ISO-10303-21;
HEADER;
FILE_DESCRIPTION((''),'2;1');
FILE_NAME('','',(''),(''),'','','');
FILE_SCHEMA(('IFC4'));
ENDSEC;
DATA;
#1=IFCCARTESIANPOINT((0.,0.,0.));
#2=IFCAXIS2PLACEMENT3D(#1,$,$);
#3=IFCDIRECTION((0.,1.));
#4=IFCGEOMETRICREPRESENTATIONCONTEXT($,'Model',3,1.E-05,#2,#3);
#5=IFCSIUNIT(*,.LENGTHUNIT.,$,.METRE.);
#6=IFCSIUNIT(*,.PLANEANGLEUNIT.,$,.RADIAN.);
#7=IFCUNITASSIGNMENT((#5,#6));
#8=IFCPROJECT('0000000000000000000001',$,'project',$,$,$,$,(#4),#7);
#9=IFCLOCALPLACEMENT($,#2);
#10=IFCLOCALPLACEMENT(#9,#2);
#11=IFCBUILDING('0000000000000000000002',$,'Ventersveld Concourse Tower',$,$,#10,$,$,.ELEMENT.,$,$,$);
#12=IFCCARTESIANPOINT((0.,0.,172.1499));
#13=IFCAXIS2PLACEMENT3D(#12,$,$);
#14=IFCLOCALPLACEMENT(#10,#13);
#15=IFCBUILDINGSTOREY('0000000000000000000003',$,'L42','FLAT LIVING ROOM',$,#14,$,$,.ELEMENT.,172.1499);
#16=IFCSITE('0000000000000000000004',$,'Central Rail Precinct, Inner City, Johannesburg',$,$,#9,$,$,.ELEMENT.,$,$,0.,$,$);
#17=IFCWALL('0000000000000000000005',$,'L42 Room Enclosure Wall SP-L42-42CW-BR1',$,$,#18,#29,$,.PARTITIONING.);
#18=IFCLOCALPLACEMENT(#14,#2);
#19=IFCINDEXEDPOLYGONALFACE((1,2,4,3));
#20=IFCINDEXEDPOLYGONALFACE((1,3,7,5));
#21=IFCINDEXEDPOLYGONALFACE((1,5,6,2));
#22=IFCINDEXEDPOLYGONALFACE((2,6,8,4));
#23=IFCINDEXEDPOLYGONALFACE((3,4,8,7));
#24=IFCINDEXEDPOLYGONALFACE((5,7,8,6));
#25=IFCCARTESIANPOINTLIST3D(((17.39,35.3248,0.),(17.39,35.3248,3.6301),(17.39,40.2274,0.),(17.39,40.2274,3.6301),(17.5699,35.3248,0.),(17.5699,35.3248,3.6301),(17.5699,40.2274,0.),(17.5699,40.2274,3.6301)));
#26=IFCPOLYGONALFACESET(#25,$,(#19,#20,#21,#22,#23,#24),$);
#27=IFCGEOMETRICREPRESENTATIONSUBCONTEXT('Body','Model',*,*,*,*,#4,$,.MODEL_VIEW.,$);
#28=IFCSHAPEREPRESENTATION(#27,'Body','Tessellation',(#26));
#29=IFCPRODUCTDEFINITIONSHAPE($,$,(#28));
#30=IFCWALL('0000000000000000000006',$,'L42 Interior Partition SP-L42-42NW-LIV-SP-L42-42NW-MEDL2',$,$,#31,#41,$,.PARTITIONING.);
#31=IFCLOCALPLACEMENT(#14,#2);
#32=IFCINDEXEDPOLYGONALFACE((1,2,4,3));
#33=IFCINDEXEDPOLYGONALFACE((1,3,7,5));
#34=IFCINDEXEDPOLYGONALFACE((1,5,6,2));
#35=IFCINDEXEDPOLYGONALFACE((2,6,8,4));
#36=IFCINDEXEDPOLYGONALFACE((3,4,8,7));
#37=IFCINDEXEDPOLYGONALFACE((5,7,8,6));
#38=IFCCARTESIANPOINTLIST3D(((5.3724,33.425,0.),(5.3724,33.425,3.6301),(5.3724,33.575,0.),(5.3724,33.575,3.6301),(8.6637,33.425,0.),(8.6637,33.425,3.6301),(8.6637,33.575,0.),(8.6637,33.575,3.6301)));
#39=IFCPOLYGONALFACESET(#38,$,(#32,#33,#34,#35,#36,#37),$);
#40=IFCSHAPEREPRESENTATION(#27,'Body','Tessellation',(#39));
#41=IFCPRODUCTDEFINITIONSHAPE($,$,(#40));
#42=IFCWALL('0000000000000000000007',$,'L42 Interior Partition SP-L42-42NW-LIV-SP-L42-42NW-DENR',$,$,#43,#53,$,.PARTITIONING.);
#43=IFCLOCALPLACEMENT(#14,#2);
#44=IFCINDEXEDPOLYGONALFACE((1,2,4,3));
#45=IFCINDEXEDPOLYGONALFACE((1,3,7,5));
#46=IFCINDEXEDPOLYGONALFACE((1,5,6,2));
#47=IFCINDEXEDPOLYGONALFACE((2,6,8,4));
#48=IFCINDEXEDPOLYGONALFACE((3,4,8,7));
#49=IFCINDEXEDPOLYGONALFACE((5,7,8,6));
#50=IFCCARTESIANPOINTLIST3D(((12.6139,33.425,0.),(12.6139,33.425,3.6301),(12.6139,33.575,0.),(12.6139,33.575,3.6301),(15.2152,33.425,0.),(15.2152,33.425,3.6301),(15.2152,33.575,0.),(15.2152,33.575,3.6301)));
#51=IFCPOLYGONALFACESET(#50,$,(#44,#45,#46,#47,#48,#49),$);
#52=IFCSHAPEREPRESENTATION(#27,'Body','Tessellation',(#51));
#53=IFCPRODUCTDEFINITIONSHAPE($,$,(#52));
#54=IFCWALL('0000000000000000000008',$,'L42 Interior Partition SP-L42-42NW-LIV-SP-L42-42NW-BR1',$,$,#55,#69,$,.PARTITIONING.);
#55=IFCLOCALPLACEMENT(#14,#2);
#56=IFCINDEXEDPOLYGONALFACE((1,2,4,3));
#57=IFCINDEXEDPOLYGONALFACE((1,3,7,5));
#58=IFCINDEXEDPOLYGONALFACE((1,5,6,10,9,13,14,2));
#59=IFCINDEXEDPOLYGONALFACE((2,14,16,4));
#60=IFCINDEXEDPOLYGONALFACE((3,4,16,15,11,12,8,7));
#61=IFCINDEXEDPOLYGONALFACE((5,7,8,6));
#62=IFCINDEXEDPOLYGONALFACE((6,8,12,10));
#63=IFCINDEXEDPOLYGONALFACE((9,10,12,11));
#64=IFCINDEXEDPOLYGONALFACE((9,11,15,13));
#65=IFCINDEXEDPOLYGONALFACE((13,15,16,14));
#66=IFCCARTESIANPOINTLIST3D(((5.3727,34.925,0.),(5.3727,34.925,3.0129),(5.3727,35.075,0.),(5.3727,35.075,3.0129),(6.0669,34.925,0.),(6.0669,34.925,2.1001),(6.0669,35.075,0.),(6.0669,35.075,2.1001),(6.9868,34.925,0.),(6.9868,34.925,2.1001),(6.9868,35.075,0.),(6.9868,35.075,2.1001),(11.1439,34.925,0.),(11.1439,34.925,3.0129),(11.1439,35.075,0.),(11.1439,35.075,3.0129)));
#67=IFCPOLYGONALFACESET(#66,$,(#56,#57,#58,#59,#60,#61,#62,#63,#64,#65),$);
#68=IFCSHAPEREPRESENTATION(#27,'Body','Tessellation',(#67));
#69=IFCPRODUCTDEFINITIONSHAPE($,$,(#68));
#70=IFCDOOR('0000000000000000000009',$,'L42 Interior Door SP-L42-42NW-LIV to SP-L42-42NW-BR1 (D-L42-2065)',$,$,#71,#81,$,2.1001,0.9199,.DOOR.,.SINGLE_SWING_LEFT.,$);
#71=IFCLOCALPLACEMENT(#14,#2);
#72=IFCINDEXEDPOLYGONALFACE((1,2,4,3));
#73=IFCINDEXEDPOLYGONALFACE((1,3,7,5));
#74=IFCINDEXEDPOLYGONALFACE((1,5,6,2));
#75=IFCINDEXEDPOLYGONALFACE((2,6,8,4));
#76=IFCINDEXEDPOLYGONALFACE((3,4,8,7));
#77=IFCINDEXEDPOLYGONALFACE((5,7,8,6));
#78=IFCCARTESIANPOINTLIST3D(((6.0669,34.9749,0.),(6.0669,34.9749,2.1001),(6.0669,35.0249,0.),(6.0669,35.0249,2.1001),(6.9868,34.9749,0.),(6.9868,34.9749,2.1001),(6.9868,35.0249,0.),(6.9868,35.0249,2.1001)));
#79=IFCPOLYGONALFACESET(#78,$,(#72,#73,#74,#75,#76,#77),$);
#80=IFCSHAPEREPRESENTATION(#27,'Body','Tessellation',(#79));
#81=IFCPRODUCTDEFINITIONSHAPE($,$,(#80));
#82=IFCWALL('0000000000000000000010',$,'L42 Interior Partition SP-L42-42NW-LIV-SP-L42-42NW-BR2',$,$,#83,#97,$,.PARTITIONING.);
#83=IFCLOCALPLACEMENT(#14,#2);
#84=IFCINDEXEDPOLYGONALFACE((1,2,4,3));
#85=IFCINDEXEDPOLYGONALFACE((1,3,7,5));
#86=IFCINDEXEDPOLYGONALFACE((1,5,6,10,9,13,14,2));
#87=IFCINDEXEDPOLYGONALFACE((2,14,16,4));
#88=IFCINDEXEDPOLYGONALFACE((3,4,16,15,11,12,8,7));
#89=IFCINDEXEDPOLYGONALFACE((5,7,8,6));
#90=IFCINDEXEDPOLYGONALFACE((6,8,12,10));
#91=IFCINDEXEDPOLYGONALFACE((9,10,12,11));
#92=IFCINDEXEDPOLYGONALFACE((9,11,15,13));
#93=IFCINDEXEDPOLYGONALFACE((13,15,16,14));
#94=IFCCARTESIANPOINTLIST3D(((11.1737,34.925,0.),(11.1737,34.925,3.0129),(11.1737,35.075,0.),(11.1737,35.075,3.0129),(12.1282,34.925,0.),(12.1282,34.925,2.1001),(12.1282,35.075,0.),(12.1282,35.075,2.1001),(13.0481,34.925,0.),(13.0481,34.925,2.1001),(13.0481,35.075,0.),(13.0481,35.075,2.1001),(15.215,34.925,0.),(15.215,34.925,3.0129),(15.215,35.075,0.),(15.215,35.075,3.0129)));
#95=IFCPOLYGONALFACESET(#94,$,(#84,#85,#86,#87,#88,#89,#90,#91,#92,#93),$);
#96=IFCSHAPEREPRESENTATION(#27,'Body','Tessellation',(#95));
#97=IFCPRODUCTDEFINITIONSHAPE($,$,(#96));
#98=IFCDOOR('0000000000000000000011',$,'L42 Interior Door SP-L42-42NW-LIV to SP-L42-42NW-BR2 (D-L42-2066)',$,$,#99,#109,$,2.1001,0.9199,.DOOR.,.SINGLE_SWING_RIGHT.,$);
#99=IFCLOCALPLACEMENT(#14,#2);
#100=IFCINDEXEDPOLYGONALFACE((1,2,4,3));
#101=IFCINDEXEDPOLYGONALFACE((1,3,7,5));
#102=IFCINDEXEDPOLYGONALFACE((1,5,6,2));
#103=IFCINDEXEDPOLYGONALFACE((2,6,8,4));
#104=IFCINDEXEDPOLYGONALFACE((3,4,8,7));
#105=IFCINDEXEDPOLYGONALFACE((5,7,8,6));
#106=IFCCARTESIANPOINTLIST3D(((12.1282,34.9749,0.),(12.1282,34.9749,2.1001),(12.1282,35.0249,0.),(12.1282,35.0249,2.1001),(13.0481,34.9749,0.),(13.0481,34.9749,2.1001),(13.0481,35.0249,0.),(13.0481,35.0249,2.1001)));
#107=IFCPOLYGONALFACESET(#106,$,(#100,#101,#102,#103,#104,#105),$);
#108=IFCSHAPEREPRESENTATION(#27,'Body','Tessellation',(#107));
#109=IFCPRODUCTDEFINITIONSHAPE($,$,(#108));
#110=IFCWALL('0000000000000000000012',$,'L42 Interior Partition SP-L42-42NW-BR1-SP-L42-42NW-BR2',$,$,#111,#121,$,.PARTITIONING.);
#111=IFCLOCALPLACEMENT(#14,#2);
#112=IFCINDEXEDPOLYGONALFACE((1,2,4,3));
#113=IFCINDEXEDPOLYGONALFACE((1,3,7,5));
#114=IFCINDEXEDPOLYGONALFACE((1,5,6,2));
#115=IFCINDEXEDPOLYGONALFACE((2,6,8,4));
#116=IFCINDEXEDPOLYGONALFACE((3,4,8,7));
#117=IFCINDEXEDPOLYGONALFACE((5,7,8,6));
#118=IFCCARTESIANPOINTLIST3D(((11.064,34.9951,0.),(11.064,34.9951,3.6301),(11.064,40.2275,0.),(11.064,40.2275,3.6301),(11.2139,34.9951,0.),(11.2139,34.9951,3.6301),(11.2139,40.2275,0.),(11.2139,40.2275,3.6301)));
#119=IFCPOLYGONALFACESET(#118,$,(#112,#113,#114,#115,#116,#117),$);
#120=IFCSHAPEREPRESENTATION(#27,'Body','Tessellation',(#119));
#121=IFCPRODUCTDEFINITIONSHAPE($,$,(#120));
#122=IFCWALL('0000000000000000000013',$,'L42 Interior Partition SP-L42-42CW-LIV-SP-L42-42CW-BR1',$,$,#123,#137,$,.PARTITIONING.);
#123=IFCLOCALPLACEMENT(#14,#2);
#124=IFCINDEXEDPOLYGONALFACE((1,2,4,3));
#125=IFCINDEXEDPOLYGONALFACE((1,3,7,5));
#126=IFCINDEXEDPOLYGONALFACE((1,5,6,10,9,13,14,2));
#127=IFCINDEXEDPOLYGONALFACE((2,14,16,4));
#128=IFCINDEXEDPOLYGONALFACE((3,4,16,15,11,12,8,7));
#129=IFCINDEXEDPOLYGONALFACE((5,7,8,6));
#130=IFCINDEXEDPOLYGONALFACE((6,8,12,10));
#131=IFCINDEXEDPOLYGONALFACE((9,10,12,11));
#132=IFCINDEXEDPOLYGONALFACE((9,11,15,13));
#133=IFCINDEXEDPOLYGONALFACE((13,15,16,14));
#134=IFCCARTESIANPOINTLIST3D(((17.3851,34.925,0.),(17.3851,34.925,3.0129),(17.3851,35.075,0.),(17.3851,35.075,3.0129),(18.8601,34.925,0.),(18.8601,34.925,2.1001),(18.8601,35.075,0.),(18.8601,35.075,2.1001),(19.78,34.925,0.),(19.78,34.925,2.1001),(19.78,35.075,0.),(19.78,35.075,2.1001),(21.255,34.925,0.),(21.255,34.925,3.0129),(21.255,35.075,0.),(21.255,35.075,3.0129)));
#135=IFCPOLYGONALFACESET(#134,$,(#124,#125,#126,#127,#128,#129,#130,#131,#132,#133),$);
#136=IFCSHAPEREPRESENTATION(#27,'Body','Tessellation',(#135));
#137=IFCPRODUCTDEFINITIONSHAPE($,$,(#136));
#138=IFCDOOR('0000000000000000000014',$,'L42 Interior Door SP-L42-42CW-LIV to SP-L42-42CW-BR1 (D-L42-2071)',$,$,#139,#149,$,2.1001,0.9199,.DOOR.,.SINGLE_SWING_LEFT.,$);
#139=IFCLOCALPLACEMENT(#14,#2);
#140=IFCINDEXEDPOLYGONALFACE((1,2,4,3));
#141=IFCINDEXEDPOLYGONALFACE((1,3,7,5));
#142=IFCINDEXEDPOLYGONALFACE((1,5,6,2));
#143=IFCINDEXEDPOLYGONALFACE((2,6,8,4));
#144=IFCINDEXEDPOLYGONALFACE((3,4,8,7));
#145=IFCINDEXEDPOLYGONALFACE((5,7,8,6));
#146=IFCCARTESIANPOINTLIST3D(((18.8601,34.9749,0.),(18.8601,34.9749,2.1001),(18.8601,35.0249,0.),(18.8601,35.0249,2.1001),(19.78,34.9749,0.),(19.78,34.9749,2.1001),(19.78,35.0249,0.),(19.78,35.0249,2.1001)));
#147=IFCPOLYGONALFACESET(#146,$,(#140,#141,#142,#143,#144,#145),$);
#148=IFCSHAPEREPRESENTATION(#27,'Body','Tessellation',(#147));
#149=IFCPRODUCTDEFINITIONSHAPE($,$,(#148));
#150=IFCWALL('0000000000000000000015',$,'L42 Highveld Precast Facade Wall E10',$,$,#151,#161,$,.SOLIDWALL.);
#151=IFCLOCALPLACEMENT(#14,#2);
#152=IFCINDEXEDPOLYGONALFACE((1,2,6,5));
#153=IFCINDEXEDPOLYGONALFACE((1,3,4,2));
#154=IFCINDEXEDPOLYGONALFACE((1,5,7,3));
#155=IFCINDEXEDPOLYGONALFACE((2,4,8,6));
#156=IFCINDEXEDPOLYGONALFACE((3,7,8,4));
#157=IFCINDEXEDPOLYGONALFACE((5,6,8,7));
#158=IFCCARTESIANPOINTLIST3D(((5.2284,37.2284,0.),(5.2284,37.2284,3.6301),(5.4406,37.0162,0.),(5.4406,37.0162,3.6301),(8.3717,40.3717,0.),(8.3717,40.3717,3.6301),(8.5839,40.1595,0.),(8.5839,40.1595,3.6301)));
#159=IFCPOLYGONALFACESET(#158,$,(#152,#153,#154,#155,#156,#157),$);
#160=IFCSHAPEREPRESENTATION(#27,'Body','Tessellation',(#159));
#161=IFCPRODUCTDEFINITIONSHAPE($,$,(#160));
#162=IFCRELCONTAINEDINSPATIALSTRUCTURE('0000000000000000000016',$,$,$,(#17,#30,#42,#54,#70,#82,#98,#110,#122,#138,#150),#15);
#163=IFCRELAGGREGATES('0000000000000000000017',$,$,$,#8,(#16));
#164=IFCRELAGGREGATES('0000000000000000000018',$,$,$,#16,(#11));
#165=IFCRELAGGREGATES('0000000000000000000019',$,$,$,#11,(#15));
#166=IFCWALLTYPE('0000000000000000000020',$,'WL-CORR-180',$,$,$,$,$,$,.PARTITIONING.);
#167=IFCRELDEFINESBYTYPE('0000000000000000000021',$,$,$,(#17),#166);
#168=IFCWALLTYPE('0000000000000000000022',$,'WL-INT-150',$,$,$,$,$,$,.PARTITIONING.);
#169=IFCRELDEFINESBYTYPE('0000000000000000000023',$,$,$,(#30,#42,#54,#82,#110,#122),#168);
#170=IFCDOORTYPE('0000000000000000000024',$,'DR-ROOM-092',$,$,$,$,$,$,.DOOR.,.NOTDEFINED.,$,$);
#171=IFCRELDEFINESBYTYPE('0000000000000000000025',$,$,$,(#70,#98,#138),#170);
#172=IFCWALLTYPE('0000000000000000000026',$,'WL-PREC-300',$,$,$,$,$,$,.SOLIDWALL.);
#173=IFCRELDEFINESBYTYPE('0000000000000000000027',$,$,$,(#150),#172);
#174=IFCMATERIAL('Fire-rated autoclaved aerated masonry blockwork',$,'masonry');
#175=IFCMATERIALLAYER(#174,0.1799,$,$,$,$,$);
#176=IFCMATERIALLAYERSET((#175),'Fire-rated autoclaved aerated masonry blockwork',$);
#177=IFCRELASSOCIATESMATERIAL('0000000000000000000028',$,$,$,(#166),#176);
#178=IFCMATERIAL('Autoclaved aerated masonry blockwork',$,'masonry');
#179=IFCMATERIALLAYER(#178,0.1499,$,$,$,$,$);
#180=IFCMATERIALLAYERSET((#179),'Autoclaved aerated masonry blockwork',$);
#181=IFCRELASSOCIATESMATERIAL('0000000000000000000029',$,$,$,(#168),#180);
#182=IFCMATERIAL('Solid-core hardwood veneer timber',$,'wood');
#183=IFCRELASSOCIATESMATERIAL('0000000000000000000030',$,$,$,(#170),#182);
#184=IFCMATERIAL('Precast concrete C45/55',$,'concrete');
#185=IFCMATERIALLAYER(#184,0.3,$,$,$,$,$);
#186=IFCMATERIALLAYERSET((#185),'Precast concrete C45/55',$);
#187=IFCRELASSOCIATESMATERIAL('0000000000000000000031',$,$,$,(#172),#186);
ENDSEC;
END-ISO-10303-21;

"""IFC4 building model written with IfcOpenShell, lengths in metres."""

from ifc_helpers import new_model, si_unit, direction, frame, frame_2d, origin, place, context, subcontext, project, spatial, rectangle, extrude, material, layer, layer_set, type_object, element, fill, save


model = new_model("IFC4")

# Units and contexts
model_context = context("Model", 3, precision=1e-05, world=origin(), true_north=direction((0.0, 1.0)))
body_context = subcontext(model_context, "Body", "Model", "MODEL_VIEW")
ifc_project = project(units=[si_unit("LENGTHUNIT", "METRE"), si_unit("PLANEANGLEUNIT", "RADIAN")], contexts=[model_context])

# Site, building, storey
site_placement = place(None, origin())
site = spatial("IfcSite", under=ifc_project, at=site_placement, Name="Central Rail Precinct, Inner City, Johannesburg", CompositionType="ELEMENT", RefElevation=0.0)
building_placement = place(site_placement, origin())
building = spatial("IfcBuilding", under=site, at=building_placement, Name="Ventersveld Concourse Tower", CompositionType="ELEMENT")
storey_placement = place(building_placement, frame((0.0, 0.0, 172.1499)))
storey = spatial("IfcBuildingStorey", under=building, at=storey_placement, Name="L42", Description="FLAT LIVING ROOM", CompositionType="ELEMENT", Elevation=172.1499)

# Walls
ifc_material_1 = material(Name="Fire-rated autoclaved aerated masonry blockwork", Category="masonry")
ifc_layer_1 = layer(ifc_material_1, 0.1799)
ifc_layer_set_1 = layer_set([ifc_layer_1], Name="Fire-rated autoclaved aerated masonry blockwork")
wall_type_1 = type_object("IfcWallType", Name="WL-CORR-180", PredefinedType="PARTITIONING", material=ifc_layer_set_1)
wall_1_placement = place(storey_placement, frame((17.48, 35.325, 0.0), z_axis=(0.0, 0.0, 1.0), x_axis=(0.0, 1.0, 0.0)))
element("IfcWall", 1, at=wall_1_placement, inside=storey, type_object=wall_type_1, Name="L42 Room Enclosure Wall SP-L42-42CW-BR1", PredefinedType="PARTITIONING", context=body_context, shape_type="SweptSolid", body=[
    extrude(rectangle(XDim=4.9026, YDim=0.1799, at=frame_2d((2.4512, 0.0))), origin(), (0.0, 0.0, 1.0), 3.6301),
])
ifc_material_2 = material(Name="Autoclaved aerated masonry blockwork", Category="masonry")
ifc_layer_2 = layer(ifc_material_2, 0.1499)
ifc_layer_set_2 = layer_set([ifc_layer_2], Name="Autoclaved aerated masonry blockwork")
wall_type_2 = type_object("IfcWallType", Name="WL-INT-150", PredefinedType="PARTITIONING", material=ifc_layer_set_2)
wall_2_placement = place(storey_placement, frame((5.3726, 33.5, 0.0), z_axis=(0.0, 0.0, 1.0), x_axis=(1.0, 0.0, 0.0)))
element("IfcWall", 2, at=wall_2_placement, inside=storey, type_object=wall_type_2, Name="L42 Interior Partition SP-L42-42NW-LIV-SP-L42-42NW-MEDL2", PredefinedType="PARTITIONING", context=body_context, shape_type="SweptSolid", body=[
    extrude(rectangle(XDim=3.2913, YDim=0.1499, at=frame_2d((1.6455, 0.0))), origin(), (0.0, 0.0, 1.0), 3.6301),
])
wall_3_placement = place(storey_placement, frame((12.6138, 33.5, 0.0), z_axis=(0.0, 0.0, 1.0), x_axis=(1.0, 0.0, 0.0)))
element("IfcWall", 3, at=wall_3_placement, inside=storey, type_object=wall_type_2, Name="L42 Interior Partition SP-L42-42NW-LIV-SP-L42-42NW-DENR", PredefinedType="PARTITIONING", context=body_context, shape_type="SweptSolid", body=[
    extrude(rectangle(XDim=2.6013, YDim=0.1499, at=frame_2d((1.3008, 0.0))), origin(), (0.0, 0.0, 1.0), 3.6301),
])

# Walls, openings, doors
wall_4_placement = place(storey_placement, frame((5.3726, 35.0, 0.0), z_axis=(0.0, 0.0, 1.0), x_axis=(1.0, 0.0, 0.0)))
wall_4 = element("IfcWall", 4, at=wall_4_placement, inside=storey, type_object=wall_type_2, Name="L42 Interior Partition SP-L42-42NW-LIV-SP-L42-42NW-BR1", PredefinedType="PARTITIONING", context=body_context, shape_type="SweptSolid", body=[
    extrude(rectangle(XDim=5.7712, YDim=0.1499, at=frame_2d((2.8857, 0.0))), origin(), (0.0, 0.0, 1.0), 3.0129),
])
opening_1_placement = place(wall_4_placement, frame((0.6943, 0.0, 0.0)))
opening_1 = element("IfcOpeningElement", 5, at=opening_1_placement, cuts=wall_4, PredefinedType="OPENING", context=body_context, shape_type="SweptSolid", body=[
    extrude(rectangle(XDim=0.9199, YDim=2.1001, at=frame_2d((0.46, 1.05))), frame((0.0, 0.085, 0.0), z_axis=(0.0, -1.0, 0.0), x_axis=(1.0, 0.0, 0.0)), (0.0, 0.0, 1.0), 0.1699),
])
ifc_material_3 = material(Name="Solid-core hardwood veneer timber", Category="wood")
door_type = type_object("IfcDoorType", Name="DR-ROOM-092", OperationType="NOTDEFINED", PredefinedType="DOOR", material=ifc_material_3)
door_1_placement = place(opening_1_placement, origin())
door_1 = element("IfcDoor", 6, at=door_1_placement, inside=storey, type_object=door_type, Name="L42 Interior Door SP-L42-42NW-LIV to SP-L42-42NW-BR1 (D-L42-2065)", OperationType="SINGLE_SWING_LEFT", OverallHeight=2.1001, OverallWidth=0.9199, PredefinedType="DOOR", context=body_context, shape_type="SweptSolid", body=[
    extrude(rectangle(XDim=0.9199, YDim=2.1001, at=frame_2d((0.46, 1.05))), frame((0.0, 0.0249, 0.0), z_axis=(0.0, -1.0, 0.0), x_axis=(1.0, 0.0, 0.0)), (0.0, 0.0, 1.0), 0.05),
])
fill(opening_1, door_1)
wall_5_placement = place(storey_placement, frame((11.1738, 35.0, 0.0), z_axis=(0.0, 0.0, 1.0), x_axis=(1.0, 0.0, 0.0)))
wall_5 = element("IfcWall", 7, at=wall_5_placement, inside=storey, type_object=wall_type_2, Name="L42 Interior Partition SP-L42-42NW-LIV-SP-L42-42NW-BR2", PredefinedType="PARTITIONING", context=body_context, shape_type="SweptSolid", body=[
    extrude(rectangle(XDim=4.0413, YDim=0.1499, at=frame_2d((2.0205, 0.0))), origin(), (0.0, 0.0, 1.0), 3.0129),
])
opening_2_placement = place(wall_5_placement, frame((0.9543, 0.0, 0.0)))
opening_2 = element("IfcOpeningElement", 8, at=opening_2_placement, cuts=wall_5, PredefinedType="OPENING", context=body_context, shape_type="SweptSolid", body=[
    extrude(rectangle(XDim=0.9199, YDim=2.1001, at=frame_2d((0.46, 1.05))), frame((0.0, 0.085, 0.0), z_axis=(0.0, -1.0, 0.0), x_axis=(1.0, 0.0, 0.0)), (0.0, 0.0, 1.0), 0.1699),
])
door_2_placement = place(opening_2_placement, origin())
door_2 = element("IfcDoor", 9, at=door_2_placement, inside=storey, type_object=door_type, Name="L42 Interior Door SP-L42-42NW-LIV to SP-L42-42NW-BR2 (D-L42-2066)", OperationType="SINGLE_SWING_RIGHT", OverallHeight=2.1001, OverallWidth=0.9199, PredefinedType="DOOR", context=body_context, shape_type="SweptSolid", body=[
    extrude(rectangle(XDim=0.9199, YDim=2.1001, at=frame_2d((0.46, 1.05))), frame((0.0, 0.0249, 0.0), z_axis=(0.0, -1.0, 0.0), x_axis=(1.0, 0.0, 0.0)), (0.0, 0.0, 1.0), 0.05),
])
fill(opening_2, door_2)

# Wall
wall_6_placement = place(storey_placement, frame((11.1389, 34.9951, 0.0), z_axis=(0.0, 0.0, 1.0), x_axis=(0.0, 1.0, 0.0)))
element("IfcWall", 10, at=wall_6_placement, inside=storey, type_object=wall_type_2, Name="L42 Interior Partition SP-L42-42NW-BR1-SP-L42-42NW-BR2", PredefinedType="PARTITIONING", context=body_context, shape_type="SweptSolid", body=[
    extrude(rectangle(XDim=5.2324, YDim=0.1499, at=frame_2d((2.6162, 0.0))), origin(), (0.0, 0.0, 1.0), 3.6301),
])

# Wall, opening, door
wall_7_placement = place(storey_placement, frame((17.385, 35.0, 0.0), z_axis=(0.0, 0.0, 1.0), x_axis=(1.0, 0.0, 0.0)))
wall_7 = element("IfcWall", 11, at=wall_7_placement, inside=storey, type_object=wall_type_2, Name="L42 Interior Partition SP-L42-42CW-LIV-SP-L42-42CW-BR1", PredefinedType="PARTITIONING", context=body_context, shape_type="SweptSolid", body=[
    extrude(rectangle(XDim=3.8699, YDim=0.1499, at=frame_2d((1.9351, 0.0))), origin(), (0.0, 0.0, 1.0), 3.0129),
])
opening_3_placement = place(wall_7_placement, frame((1.4751, 0.0, 0.0)))
opening_3 = element("IfcOpeningElement", 12, at=opening_3_placement, cuts=wall_7, PredefinedType="OPENING", context=body_context, shape_type="SweptSolid", body=[
    extrude(rectangle(XDim=0.9199, YDim=2.1001, at=frame_2d((0.46, 1.05))), frame((0.0, 0.085, 0.0), z_axis=(0.0, -1.0, 0.0), x_axis=(1.0, 0.0, 0.0)), (0.0, 0.0, 1.0), 0.1699),
])
door_3_placement = place(opening_3_placement, origin())
door_3 = element("IfcDoor", 13, at=door_3_placement, inside=storey, type_object=door_type, Name="L42 Interior Door SP-L42-42CW-LIV to SP-L42-42CW-BR1 (D-L42-2071)", OperationType="SINGLE_SWING_LEFT", OverallHeight=2.1001, OverallWidth=0.9199, PredefinedType="DOOR", context=body_context, shape_type="SweptSolid", body=[
    extrude(rectangle(XDim=0.9199, YDim=2.1001, at=frame_2d((0.46, 1.05))), frame((0.0, 0.0249, 0.0), z_axis=(0.0, -1.0, 0.0), x_axis=(1.0, 0.0, 0.0)), (0.0, 0.0, 1.0), 0.05),
])
fill(opening_3, door_3)

# Wall
ifc_material_4 = material(Name="Precast concrete C45/55", Category="concrete")
ifc_layer_3 = layer(ifc_material_4, 0.3)
ifc_layer_set_3 = layer_set([ifc_layer_3], Name="Precast concrete C45/55")
wall_type_3 = type_object("IfcWallType", Name="WL-PREC-300", PredefinedType="SOLIDWALL", material=ifc_layer_set_3)
wall_8_placement = place(storey_placement, frame((8.4778, 40.2656, 0.0), z_axis=(0.0, 0.0, 1.0), x_axis=(-0.707107, -0.707107, 0.0)))
element("IfcWall", 14, at=wall_8_placement, inside=storey, type_object=wall_type_3, Name="L42 Highveld Precast Facade Wall E10", PredefinedType="SOLIDWALL", context=body_context, shape_type="SweptSolid", body=[
    extrude(rectangle(XDim=4.4453, YDim=0.3, at=frame_2d((2.2227, 0.0))), origin(), (0.0, 0.0, 1.0), 3.6301),
])

save(model, "model.ifc")
